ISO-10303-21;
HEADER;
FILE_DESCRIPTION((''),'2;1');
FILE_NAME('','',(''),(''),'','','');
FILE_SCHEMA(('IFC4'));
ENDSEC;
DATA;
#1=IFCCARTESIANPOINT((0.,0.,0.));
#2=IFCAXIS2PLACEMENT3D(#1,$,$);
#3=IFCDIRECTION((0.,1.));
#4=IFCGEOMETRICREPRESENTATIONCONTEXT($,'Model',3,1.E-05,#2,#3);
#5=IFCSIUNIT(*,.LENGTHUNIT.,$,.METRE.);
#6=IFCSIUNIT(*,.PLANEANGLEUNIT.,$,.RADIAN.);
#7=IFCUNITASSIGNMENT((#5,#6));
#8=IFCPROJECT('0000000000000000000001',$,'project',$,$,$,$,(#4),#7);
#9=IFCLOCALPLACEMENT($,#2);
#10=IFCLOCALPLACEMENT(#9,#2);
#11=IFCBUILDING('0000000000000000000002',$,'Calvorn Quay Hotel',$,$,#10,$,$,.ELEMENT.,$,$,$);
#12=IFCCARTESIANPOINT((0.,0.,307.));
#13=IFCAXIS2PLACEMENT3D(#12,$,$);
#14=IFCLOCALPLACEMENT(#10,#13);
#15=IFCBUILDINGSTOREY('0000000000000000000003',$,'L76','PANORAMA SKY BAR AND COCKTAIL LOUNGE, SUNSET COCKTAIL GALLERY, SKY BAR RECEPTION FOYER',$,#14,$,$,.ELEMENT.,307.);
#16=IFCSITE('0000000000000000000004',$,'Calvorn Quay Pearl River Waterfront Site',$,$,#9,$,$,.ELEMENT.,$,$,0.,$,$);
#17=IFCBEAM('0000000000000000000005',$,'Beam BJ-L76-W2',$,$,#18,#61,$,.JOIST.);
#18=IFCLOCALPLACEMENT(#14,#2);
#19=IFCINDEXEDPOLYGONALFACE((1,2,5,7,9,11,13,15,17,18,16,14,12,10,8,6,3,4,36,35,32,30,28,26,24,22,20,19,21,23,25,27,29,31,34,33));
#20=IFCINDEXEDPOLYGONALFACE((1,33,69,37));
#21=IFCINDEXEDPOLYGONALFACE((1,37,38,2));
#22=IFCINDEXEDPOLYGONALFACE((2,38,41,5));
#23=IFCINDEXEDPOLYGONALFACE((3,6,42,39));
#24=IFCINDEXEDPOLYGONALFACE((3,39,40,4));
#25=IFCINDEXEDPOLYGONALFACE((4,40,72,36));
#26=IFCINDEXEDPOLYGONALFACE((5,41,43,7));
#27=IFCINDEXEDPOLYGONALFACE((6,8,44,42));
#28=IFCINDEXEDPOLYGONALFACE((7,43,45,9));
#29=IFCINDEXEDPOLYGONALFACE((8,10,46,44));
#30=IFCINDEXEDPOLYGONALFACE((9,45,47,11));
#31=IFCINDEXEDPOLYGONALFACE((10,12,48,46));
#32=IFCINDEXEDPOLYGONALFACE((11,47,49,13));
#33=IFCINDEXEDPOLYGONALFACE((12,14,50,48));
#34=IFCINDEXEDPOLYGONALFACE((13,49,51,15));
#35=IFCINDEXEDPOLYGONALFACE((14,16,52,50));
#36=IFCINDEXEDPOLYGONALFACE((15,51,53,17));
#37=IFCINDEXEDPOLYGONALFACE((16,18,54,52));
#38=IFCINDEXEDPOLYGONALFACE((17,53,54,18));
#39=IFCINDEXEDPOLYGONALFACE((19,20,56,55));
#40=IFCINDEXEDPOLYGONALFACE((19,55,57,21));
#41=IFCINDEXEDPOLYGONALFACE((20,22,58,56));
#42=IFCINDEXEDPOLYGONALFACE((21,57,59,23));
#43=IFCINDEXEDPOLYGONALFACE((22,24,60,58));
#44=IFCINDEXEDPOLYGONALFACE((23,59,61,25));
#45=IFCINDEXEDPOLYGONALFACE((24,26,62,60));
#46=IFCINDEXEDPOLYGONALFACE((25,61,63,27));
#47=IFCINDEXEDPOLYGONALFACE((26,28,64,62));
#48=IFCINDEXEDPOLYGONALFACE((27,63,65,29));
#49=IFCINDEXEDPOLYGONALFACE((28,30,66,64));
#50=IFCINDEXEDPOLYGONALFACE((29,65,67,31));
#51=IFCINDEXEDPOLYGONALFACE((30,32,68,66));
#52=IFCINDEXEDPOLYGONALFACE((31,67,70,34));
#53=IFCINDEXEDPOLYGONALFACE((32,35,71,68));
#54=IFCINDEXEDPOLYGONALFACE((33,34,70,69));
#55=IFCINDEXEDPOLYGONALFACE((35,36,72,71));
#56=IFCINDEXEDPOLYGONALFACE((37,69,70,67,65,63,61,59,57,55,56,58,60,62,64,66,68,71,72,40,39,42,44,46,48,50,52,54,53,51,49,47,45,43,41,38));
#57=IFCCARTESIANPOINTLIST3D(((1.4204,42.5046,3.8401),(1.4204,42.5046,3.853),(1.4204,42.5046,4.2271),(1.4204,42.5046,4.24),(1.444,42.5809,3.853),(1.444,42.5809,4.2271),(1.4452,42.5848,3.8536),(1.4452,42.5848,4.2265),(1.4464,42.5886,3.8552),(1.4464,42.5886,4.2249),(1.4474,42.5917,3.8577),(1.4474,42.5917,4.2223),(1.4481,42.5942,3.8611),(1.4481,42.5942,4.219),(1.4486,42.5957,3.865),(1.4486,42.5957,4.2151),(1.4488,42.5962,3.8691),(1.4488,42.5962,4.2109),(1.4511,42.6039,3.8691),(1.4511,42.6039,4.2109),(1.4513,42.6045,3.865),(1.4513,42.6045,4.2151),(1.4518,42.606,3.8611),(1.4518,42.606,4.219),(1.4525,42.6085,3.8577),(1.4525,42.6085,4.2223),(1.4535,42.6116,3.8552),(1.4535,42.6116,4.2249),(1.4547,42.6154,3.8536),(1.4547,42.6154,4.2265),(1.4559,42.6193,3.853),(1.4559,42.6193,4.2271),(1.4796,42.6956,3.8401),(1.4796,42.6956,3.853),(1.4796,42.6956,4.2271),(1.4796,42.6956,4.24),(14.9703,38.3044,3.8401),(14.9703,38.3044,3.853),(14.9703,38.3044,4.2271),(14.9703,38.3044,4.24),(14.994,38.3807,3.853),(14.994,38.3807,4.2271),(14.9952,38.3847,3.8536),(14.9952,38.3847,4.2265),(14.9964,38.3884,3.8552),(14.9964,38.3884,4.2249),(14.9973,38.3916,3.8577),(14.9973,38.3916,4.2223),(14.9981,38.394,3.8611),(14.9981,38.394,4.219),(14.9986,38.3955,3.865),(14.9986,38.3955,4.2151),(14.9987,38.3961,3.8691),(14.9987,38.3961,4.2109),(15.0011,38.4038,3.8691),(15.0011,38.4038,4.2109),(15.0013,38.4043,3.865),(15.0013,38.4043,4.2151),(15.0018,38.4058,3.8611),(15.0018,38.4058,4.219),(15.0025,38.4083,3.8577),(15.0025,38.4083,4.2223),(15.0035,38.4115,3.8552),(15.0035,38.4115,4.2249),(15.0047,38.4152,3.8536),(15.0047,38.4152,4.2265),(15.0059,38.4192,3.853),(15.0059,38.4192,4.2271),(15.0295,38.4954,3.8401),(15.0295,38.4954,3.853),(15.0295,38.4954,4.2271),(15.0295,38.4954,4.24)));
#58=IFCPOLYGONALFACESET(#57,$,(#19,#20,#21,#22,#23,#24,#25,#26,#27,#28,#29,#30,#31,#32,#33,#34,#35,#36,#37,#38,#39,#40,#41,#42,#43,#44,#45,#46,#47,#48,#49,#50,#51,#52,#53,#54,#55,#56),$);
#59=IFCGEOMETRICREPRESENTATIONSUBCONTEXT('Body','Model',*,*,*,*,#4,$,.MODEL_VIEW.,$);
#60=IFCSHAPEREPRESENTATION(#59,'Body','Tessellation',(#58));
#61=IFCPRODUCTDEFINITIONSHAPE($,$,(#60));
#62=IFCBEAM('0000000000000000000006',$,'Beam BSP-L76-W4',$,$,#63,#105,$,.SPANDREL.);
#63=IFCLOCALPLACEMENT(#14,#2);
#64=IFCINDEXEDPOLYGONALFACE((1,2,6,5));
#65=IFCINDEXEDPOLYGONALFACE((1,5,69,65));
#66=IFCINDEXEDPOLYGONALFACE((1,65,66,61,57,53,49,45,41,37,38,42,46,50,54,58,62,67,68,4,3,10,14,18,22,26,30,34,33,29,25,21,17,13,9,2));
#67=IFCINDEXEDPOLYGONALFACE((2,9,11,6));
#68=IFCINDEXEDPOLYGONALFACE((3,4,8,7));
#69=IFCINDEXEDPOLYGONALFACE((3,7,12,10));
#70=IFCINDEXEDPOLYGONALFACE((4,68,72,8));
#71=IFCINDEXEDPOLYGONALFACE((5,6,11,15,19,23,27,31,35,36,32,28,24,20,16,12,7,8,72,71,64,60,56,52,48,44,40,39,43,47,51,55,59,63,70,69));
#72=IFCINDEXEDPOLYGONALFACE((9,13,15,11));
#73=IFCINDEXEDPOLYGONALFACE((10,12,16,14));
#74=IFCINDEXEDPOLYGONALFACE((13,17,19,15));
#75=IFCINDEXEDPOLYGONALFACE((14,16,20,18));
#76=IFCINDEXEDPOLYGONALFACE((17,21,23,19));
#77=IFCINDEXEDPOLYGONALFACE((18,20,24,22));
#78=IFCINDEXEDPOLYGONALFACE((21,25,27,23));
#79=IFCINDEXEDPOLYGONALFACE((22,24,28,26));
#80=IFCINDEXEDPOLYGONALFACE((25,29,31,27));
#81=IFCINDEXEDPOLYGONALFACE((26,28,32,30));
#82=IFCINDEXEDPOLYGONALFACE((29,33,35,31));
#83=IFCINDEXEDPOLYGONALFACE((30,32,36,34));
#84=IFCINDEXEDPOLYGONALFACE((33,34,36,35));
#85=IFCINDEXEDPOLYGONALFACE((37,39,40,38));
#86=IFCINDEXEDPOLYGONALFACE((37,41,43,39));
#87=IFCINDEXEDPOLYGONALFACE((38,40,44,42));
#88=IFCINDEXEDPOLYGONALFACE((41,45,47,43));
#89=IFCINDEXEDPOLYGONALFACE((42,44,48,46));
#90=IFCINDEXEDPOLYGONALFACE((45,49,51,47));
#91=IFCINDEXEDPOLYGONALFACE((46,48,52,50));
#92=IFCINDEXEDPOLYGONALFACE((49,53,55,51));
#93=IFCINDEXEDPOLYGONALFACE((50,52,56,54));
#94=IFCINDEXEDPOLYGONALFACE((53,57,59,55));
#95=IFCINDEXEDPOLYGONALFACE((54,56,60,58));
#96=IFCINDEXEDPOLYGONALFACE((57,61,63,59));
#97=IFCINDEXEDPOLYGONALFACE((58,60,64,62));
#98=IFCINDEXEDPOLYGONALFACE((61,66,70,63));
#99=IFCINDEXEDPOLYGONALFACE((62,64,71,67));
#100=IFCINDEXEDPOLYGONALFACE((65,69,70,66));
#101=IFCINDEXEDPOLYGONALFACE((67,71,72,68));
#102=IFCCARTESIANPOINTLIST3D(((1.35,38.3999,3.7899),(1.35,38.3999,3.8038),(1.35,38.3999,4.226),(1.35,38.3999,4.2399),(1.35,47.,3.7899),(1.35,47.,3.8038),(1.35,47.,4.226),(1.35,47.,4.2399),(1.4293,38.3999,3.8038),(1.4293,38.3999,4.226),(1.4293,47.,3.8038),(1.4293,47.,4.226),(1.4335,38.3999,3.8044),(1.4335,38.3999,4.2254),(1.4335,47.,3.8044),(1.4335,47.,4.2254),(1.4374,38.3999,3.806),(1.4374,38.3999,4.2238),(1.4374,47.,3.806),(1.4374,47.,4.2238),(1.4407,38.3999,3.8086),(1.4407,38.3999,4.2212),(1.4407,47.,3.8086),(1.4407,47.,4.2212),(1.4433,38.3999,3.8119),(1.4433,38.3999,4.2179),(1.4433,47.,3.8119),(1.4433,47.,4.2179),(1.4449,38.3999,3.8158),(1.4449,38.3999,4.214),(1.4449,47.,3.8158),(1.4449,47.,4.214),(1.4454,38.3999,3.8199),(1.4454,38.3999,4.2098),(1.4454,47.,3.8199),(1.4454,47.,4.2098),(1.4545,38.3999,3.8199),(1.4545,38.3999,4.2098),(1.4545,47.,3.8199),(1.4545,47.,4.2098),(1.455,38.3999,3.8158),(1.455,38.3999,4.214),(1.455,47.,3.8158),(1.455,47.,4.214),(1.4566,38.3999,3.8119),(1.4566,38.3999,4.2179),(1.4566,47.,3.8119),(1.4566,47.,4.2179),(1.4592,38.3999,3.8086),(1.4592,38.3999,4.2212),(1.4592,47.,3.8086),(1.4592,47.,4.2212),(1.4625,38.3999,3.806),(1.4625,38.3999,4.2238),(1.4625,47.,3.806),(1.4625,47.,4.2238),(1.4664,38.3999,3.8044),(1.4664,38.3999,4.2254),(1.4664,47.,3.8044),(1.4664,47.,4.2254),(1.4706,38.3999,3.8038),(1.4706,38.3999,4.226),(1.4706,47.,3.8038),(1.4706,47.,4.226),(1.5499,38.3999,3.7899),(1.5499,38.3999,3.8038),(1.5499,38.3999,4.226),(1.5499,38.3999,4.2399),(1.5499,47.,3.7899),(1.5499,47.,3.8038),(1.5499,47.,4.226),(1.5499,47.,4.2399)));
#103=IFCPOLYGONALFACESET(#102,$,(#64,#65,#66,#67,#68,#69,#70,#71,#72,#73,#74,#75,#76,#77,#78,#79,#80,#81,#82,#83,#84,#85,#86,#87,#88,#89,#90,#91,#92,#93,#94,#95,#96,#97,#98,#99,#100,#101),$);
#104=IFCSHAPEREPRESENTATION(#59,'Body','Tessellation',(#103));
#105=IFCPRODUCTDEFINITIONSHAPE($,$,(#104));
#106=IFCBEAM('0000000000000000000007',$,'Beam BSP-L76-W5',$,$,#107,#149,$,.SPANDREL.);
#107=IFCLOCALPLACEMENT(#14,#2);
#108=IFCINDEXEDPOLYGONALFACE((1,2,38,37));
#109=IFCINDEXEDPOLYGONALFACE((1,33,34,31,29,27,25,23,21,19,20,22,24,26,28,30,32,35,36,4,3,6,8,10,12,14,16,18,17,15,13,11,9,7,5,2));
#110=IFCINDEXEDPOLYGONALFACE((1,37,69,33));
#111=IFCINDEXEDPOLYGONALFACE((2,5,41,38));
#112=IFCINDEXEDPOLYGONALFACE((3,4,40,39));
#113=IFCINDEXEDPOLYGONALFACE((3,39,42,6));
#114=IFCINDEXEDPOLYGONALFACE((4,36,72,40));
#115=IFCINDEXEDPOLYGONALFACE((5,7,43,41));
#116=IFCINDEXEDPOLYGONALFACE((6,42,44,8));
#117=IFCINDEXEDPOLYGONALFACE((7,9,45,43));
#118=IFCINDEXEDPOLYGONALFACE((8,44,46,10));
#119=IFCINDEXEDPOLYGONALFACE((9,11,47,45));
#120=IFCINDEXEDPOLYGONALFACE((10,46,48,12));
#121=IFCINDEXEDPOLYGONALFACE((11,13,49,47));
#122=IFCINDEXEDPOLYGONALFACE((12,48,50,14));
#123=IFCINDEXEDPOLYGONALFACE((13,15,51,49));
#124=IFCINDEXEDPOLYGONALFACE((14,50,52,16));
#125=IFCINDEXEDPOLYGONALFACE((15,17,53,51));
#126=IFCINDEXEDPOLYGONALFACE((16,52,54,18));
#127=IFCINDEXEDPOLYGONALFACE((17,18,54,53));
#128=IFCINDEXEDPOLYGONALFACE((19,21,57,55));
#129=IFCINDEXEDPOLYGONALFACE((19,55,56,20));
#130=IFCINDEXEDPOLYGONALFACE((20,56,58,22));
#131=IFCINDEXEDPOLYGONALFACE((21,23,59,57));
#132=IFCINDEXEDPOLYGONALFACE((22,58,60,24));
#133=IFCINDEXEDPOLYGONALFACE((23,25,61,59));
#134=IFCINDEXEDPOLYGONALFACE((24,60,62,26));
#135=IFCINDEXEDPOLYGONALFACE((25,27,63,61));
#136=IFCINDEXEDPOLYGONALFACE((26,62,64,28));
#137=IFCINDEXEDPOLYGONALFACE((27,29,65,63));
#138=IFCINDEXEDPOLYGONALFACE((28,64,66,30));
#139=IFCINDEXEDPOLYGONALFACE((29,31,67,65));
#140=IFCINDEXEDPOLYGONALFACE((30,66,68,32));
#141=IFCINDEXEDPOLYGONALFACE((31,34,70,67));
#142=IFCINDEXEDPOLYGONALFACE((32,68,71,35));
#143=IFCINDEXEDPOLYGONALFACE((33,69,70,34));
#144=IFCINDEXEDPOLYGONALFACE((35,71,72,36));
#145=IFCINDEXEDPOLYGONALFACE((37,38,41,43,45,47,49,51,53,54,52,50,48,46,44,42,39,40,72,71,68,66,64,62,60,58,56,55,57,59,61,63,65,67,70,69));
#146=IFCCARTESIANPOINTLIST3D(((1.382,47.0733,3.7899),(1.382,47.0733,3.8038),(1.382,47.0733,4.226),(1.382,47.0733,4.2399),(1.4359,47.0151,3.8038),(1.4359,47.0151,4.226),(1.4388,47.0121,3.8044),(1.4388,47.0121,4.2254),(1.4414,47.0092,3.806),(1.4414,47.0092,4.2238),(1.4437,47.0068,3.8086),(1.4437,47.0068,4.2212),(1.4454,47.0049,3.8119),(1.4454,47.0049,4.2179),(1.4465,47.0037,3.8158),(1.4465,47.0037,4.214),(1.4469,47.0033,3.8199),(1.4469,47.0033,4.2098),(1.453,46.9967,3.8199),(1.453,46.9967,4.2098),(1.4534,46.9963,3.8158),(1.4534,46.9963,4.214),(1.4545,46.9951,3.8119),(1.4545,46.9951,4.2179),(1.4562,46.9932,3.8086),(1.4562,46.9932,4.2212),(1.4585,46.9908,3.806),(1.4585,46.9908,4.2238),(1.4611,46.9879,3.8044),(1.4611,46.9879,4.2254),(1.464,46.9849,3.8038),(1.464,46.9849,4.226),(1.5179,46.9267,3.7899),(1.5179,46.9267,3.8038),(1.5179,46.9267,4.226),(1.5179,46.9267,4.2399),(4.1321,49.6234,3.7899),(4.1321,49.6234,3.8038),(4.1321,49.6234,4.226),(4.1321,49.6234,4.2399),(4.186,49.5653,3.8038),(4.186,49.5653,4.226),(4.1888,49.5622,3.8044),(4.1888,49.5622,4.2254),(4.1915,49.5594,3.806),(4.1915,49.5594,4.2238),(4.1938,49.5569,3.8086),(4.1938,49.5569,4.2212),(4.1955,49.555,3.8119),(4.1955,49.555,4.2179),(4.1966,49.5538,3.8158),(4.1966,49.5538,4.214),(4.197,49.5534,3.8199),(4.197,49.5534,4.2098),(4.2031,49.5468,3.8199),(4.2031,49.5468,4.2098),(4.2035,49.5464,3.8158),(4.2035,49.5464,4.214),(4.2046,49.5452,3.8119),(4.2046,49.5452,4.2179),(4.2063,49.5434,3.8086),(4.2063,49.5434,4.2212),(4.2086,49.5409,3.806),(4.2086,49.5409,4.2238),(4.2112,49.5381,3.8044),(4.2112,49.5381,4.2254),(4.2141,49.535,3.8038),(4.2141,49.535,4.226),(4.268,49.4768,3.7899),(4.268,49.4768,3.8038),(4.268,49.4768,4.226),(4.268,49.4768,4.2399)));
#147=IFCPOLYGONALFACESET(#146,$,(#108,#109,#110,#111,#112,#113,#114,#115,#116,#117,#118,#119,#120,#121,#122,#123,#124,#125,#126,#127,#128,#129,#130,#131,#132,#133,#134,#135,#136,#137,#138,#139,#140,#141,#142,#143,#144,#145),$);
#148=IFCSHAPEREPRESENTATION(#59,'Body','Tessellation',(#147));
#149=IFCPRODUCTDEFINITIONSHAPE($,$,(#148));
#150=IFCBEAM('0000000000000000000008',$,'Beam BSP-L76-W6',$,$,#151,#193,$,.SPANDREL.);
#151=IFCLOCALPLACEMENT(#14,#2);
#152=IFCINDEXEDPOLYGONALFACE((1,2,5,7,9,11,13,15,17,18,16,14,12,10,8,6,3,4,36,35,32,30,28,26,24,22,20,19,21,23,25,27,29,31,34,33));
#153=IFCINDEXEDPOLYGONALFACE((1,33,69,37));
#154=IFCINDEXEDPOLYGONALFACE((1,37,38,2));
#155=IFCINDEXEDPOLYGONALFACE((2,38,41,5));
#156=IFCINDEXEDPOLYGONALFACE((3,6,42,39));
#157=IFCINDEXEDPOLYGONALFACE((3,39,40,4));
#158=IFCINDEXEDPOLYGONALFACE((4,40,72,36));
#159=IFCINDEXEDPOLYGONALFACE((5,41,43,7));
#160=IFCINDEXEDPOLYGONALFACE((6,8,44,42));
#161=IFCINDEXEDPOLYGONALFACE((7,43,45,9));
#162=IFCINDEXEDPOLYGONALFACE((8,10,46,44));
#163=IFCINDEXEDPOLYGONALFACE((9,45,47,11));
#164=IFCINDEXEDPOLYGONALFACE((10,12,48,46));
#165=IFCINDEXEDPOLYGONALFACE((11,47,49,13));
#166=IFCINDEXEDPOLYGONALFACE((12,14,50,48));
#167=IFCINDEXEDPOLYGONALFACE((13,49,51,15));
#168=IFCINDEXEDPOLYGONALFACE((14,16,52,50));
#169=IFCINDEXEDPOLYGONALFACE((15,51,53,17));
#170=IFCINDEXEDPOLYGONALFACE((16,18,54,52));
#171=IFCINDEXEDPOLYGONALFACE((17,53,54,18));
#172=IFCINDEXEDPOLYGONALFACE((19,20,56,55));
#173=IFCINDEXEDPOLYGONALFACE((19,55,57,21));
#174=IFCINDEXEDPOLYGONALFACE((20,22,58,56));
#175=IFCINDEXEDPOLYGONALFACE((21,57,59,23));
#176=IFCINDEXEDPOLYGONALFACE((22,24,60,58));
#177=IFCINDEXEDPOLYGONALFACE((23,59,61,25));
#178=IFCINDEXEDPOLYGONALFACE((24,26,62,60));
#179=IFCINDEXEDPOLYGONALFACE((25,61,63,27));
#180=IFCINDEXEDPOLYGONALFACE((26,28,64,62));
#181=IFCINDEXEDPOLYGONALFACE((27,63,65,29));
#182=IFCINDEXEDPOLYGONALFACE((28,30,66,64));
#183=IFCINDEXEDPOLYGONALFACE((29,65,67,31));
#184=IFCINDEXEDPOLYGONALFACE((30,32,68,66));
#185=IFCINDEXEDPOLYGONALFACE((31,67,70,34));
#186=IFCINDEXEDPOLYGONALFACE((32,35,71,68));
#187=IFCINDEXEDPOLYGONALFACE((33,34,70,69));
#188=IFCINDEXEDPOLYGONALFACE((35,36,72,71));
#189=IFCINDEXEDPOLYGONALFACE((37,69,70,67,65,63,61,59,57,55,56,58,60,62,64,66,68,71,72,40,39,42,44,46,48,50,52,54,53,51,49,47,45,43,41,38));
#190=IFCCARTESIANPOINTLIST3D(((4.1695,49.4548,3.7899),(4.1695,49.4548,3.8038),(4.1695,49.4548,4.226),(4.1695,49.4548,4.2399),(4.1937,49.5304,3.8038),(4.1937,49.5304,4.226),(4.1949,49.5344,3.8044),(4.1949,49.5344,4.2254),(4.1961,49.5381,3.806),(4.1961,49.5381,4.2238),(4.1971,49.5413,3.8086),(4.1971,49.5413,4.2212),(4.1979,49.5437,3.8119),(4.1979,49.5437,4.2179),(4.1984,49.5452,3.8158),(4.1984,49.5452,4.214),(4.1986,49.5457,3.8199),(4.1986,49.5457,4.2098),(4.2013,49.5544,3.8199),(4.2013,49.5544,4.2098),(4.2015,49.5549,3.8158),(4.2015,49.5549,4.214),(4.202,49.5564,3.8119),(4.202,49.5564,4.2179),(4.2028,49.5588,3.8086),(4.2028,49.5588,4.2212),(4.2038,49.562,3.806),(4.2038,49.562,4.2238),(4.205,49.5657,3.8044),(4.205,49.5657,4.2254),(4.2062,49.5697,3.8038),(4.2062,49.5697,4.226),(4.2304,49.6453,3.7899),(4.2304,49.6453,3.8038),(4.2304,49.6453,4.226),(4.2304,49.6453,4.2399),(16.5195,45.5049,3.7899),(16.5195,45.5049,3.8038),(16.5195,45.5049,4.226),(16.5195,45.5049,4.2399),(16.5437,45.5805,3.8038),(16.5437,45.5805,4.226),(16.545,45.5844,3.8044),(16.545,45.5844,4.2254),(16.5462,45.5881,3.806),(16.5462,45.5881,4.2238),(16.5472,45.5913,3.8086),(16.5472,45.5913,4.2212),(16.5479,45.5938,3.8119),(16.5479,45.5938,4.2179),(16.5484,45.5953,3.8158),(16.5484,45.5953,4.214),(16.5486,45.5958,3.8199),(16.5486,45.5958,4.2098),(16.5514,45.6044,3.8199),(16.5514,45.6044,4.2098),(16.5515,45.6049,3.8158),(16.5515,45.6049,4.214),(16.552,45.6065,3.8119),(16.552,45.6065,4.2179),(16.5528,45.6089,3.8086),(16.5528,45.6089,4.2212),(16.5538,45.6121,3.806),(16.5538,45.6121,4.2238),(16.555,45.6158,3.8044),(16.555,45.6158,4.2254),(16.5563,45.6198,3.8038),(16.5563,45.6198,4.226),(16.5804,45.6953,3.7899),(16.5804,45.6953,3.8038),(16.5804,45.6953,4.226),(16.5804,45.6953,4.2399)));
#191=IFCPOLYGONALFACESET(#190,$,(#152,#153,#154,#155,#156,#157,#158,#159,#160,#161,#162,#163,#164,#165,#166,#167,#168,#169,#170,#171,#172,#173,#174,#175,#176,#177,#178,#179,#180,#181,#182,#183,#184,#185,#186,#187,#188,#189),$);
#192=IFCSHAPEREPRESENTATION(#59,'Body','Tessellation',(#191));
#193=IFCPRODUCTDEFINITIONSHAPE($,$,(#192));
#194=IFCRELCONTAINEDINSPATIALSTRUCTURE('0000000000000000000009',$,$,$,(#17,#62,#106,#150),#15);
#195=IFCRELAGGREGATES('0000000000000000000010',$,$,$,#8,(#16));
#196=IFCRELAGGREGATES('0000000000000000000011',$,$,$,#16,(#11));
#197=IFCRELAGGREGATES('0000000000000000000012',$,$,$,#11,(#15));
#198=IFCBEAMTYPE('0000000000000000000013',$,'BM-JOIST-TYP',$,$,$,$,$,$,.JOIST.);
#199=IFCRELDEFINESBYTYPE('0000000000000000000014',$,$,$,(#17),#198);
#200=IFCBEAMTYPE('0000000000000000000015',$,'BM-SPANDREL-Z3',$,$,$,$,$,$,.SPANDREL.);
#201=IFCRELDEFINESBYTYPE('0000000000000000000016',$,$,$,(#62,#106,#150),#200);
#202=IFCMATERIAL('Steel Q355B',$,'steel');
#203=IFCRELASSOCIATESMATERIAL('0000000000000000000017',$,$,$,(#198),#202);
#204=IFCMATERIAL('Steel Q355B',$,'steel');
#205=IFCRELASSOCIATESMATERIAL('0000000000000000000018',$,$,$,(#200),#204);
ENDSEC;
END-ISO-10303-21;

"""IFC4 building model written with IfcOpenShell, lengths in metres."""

from ifc_helpers import new_model, si_unit, direction, frame, origin, origin_2d, place, context, subcontext, project, spatial, i_section, extrude, material, material_profile, profile_set, type_object, element, save


model = new_model("IFC4")

# Units and contexts
model_context = context("Model", 3, precision=1e-05, world=origin(), true_north=direction((0.0, 1.0)))
body_context = subcontext(model_context, "Body", "Model", "MODEL_VIEW")
ifc_project = project(units=[si_unit("LENGTHUNIT", "METRE"), si_unit("PLANEANGLEUNIT", "RADIAN")], contexts=[model_context])

# Site, building, storey
site_placement = place(None, origin())
site = spatial("IfcSite", under=ifc_project, at=site_placement, Name="Calvorn Quay Pearl River Waterfront Site", CompositionType="ELEMENT", RefElevation=0.0)
building_placement = place(site_placement, origin())
building = spatial("IfcBuilding", under=site, at=building_placement, Name="Calvorn Quay Hotel", CompositionType="ELEMENT")
storey_placement = place(building_placement, frame((0.0, 0.0, 307.0)))
storey = spatial("IfcBuildingStorey", under=building, at=storey_placement, Name="L76", Description="PANORAMA SKY BAR AND COCKTAIL LOUNGE, SUNSET COCKTAIL GALLERY, SKY BAR RECEPTION FOYER", CompositionType="ELEMENT", Elevation=307.0)

# Beams
ifc_material_1 = material(Name="Steel Q355B", Category="steel")
ifc_material_profile_1 = material_profile(ifc_material_1, i_section(OverallWidth=0.2, OverallDepth=0.3999, WebThickness=0.0081, FlangeThickness=0.0129, FilletRadius=0.0161, at=origin_2d()), Name="HN400x200x8x13")
ifc_profile_set_1 = profile_set([ifc_material_profile_1], Name="Steel Q355B")
beam_type_1 = type_object("IfcBeamType", Name="BM-JOIST-TYP", PredefinedType="JOIST", material=ifc_profile_set_1)
beam_1_placement = place(storey_placement, frame((1.45, 42.6001, 4.04), z_axis=(0.955164, -0.296078, 0.0), x_axis=(0.296078, 0.955164, 0.0)))
element("IfcBeam", 1, at=beam_1_placement, inside=storey, type_object=beam_type_1, Name="Beam BJ-L76-W2", PredefinedType="JOIST", context=body_context, shape_type="SweptSolid", body=[
    extrude(i_section(OverallWidth=0.2, OverallDepth=0.3999, WebThickness=0.0081, FlangeThickness=0.0129, FilletRadius=0.0161, at=origin_2d()), origin(), (0.0, 0.0, 1.0), 14.186),
])
ifc_material_2 = material(Name="Steel Q355B", Category="steel")
ifc_material_profile_2 = material_profile(ifc_material_2, i_section(OverallWidth=0.2, OverallDepth=0.45, WebThickness=0.009, FlangeThickness=0.0139, FilletRadius=0.0161, at=origin_2d()), Name="HN450x200x9x14")
ifc_profile_set_2 = profile_set([ifc_material_profile_2], Name="Steel Q355B")
beam_type_2 = type_object("IfcBeamType", Name="BM-SPANDREL-Z3", PredefinedType="SPANDREL", material=ifc_profile_set_2)
beam_2_placement = place(storey_placement, frame((1.45, 38.3999, 4.0149), z_axis=(0.0, 1.0, 0.0), x_axis=(-1.0, 0.0, 0.0)))
element("IfcBeam", 2, at=beam_2_placement, inside=storey, type_object=beam_type_2, Name="Beam BSP-L76-W4", PredefinedType="SPANDREL", context=body_context, shape_type="SweptSolid", body=[
    extrude(i_section(OverallWidth=0.2, OverallDepth=0.45, WebThickness=0.009, FlangeThickness=0.0139, FilletRadius=0.0161, at=origin_2d()), origin(), (0.0, 0.0, 1.0), 8.6001),
])
beam_3_placement = place(storey_placement, frame((1.45, 47.0, 4.0149), z_axis=(0.733262, 0.679947, 0.0), x_axis=(-0.679947, 0.733262, 0.0)))
element("IfcBeam", 3, at=beam_3_placement, inside=storey, type_object=beam_type_2, Name="Beam BSP-L76-W5", PredefinedType="SPANDREL", context=body_context, shape_type="SweptSolid", body=[
    extrude(i_section(OverallWidth=0.2, OverallDepth=0.45, WebThickness=0.009, FlangeThickness=0.0139, FilletRadius=0.0161, at=origin_2d()), origin(), (0.0, 0.0, 1.0), 3.7505),
])
beam_4_placement = place(storey_placement, frame((4.2, 49.55, 4.0149), z_axis=(0.952471, -0.30463, 0.0), x_axis=(0.30463, 0.952471, 0.0)))
element("IfcBeam", 4, at=beam_4_placement, inside=storey, type_object=beam_type_2, Name="Beam BSP-L76-W6", PredefinedType="SPANDREL", context=body_context, shape_type="SweptSolid", body=[
    extrude(i_section(OverallWidth=0.2, OverallDepth=0.45, WebThickness=0.009, FlangeThickness=0.0139, FilletRadius=0.0161, at=origin_2d()), origin(), (0.0, 0.0, 1.0), 12.9663),
])

save(model, "model.ifc")
